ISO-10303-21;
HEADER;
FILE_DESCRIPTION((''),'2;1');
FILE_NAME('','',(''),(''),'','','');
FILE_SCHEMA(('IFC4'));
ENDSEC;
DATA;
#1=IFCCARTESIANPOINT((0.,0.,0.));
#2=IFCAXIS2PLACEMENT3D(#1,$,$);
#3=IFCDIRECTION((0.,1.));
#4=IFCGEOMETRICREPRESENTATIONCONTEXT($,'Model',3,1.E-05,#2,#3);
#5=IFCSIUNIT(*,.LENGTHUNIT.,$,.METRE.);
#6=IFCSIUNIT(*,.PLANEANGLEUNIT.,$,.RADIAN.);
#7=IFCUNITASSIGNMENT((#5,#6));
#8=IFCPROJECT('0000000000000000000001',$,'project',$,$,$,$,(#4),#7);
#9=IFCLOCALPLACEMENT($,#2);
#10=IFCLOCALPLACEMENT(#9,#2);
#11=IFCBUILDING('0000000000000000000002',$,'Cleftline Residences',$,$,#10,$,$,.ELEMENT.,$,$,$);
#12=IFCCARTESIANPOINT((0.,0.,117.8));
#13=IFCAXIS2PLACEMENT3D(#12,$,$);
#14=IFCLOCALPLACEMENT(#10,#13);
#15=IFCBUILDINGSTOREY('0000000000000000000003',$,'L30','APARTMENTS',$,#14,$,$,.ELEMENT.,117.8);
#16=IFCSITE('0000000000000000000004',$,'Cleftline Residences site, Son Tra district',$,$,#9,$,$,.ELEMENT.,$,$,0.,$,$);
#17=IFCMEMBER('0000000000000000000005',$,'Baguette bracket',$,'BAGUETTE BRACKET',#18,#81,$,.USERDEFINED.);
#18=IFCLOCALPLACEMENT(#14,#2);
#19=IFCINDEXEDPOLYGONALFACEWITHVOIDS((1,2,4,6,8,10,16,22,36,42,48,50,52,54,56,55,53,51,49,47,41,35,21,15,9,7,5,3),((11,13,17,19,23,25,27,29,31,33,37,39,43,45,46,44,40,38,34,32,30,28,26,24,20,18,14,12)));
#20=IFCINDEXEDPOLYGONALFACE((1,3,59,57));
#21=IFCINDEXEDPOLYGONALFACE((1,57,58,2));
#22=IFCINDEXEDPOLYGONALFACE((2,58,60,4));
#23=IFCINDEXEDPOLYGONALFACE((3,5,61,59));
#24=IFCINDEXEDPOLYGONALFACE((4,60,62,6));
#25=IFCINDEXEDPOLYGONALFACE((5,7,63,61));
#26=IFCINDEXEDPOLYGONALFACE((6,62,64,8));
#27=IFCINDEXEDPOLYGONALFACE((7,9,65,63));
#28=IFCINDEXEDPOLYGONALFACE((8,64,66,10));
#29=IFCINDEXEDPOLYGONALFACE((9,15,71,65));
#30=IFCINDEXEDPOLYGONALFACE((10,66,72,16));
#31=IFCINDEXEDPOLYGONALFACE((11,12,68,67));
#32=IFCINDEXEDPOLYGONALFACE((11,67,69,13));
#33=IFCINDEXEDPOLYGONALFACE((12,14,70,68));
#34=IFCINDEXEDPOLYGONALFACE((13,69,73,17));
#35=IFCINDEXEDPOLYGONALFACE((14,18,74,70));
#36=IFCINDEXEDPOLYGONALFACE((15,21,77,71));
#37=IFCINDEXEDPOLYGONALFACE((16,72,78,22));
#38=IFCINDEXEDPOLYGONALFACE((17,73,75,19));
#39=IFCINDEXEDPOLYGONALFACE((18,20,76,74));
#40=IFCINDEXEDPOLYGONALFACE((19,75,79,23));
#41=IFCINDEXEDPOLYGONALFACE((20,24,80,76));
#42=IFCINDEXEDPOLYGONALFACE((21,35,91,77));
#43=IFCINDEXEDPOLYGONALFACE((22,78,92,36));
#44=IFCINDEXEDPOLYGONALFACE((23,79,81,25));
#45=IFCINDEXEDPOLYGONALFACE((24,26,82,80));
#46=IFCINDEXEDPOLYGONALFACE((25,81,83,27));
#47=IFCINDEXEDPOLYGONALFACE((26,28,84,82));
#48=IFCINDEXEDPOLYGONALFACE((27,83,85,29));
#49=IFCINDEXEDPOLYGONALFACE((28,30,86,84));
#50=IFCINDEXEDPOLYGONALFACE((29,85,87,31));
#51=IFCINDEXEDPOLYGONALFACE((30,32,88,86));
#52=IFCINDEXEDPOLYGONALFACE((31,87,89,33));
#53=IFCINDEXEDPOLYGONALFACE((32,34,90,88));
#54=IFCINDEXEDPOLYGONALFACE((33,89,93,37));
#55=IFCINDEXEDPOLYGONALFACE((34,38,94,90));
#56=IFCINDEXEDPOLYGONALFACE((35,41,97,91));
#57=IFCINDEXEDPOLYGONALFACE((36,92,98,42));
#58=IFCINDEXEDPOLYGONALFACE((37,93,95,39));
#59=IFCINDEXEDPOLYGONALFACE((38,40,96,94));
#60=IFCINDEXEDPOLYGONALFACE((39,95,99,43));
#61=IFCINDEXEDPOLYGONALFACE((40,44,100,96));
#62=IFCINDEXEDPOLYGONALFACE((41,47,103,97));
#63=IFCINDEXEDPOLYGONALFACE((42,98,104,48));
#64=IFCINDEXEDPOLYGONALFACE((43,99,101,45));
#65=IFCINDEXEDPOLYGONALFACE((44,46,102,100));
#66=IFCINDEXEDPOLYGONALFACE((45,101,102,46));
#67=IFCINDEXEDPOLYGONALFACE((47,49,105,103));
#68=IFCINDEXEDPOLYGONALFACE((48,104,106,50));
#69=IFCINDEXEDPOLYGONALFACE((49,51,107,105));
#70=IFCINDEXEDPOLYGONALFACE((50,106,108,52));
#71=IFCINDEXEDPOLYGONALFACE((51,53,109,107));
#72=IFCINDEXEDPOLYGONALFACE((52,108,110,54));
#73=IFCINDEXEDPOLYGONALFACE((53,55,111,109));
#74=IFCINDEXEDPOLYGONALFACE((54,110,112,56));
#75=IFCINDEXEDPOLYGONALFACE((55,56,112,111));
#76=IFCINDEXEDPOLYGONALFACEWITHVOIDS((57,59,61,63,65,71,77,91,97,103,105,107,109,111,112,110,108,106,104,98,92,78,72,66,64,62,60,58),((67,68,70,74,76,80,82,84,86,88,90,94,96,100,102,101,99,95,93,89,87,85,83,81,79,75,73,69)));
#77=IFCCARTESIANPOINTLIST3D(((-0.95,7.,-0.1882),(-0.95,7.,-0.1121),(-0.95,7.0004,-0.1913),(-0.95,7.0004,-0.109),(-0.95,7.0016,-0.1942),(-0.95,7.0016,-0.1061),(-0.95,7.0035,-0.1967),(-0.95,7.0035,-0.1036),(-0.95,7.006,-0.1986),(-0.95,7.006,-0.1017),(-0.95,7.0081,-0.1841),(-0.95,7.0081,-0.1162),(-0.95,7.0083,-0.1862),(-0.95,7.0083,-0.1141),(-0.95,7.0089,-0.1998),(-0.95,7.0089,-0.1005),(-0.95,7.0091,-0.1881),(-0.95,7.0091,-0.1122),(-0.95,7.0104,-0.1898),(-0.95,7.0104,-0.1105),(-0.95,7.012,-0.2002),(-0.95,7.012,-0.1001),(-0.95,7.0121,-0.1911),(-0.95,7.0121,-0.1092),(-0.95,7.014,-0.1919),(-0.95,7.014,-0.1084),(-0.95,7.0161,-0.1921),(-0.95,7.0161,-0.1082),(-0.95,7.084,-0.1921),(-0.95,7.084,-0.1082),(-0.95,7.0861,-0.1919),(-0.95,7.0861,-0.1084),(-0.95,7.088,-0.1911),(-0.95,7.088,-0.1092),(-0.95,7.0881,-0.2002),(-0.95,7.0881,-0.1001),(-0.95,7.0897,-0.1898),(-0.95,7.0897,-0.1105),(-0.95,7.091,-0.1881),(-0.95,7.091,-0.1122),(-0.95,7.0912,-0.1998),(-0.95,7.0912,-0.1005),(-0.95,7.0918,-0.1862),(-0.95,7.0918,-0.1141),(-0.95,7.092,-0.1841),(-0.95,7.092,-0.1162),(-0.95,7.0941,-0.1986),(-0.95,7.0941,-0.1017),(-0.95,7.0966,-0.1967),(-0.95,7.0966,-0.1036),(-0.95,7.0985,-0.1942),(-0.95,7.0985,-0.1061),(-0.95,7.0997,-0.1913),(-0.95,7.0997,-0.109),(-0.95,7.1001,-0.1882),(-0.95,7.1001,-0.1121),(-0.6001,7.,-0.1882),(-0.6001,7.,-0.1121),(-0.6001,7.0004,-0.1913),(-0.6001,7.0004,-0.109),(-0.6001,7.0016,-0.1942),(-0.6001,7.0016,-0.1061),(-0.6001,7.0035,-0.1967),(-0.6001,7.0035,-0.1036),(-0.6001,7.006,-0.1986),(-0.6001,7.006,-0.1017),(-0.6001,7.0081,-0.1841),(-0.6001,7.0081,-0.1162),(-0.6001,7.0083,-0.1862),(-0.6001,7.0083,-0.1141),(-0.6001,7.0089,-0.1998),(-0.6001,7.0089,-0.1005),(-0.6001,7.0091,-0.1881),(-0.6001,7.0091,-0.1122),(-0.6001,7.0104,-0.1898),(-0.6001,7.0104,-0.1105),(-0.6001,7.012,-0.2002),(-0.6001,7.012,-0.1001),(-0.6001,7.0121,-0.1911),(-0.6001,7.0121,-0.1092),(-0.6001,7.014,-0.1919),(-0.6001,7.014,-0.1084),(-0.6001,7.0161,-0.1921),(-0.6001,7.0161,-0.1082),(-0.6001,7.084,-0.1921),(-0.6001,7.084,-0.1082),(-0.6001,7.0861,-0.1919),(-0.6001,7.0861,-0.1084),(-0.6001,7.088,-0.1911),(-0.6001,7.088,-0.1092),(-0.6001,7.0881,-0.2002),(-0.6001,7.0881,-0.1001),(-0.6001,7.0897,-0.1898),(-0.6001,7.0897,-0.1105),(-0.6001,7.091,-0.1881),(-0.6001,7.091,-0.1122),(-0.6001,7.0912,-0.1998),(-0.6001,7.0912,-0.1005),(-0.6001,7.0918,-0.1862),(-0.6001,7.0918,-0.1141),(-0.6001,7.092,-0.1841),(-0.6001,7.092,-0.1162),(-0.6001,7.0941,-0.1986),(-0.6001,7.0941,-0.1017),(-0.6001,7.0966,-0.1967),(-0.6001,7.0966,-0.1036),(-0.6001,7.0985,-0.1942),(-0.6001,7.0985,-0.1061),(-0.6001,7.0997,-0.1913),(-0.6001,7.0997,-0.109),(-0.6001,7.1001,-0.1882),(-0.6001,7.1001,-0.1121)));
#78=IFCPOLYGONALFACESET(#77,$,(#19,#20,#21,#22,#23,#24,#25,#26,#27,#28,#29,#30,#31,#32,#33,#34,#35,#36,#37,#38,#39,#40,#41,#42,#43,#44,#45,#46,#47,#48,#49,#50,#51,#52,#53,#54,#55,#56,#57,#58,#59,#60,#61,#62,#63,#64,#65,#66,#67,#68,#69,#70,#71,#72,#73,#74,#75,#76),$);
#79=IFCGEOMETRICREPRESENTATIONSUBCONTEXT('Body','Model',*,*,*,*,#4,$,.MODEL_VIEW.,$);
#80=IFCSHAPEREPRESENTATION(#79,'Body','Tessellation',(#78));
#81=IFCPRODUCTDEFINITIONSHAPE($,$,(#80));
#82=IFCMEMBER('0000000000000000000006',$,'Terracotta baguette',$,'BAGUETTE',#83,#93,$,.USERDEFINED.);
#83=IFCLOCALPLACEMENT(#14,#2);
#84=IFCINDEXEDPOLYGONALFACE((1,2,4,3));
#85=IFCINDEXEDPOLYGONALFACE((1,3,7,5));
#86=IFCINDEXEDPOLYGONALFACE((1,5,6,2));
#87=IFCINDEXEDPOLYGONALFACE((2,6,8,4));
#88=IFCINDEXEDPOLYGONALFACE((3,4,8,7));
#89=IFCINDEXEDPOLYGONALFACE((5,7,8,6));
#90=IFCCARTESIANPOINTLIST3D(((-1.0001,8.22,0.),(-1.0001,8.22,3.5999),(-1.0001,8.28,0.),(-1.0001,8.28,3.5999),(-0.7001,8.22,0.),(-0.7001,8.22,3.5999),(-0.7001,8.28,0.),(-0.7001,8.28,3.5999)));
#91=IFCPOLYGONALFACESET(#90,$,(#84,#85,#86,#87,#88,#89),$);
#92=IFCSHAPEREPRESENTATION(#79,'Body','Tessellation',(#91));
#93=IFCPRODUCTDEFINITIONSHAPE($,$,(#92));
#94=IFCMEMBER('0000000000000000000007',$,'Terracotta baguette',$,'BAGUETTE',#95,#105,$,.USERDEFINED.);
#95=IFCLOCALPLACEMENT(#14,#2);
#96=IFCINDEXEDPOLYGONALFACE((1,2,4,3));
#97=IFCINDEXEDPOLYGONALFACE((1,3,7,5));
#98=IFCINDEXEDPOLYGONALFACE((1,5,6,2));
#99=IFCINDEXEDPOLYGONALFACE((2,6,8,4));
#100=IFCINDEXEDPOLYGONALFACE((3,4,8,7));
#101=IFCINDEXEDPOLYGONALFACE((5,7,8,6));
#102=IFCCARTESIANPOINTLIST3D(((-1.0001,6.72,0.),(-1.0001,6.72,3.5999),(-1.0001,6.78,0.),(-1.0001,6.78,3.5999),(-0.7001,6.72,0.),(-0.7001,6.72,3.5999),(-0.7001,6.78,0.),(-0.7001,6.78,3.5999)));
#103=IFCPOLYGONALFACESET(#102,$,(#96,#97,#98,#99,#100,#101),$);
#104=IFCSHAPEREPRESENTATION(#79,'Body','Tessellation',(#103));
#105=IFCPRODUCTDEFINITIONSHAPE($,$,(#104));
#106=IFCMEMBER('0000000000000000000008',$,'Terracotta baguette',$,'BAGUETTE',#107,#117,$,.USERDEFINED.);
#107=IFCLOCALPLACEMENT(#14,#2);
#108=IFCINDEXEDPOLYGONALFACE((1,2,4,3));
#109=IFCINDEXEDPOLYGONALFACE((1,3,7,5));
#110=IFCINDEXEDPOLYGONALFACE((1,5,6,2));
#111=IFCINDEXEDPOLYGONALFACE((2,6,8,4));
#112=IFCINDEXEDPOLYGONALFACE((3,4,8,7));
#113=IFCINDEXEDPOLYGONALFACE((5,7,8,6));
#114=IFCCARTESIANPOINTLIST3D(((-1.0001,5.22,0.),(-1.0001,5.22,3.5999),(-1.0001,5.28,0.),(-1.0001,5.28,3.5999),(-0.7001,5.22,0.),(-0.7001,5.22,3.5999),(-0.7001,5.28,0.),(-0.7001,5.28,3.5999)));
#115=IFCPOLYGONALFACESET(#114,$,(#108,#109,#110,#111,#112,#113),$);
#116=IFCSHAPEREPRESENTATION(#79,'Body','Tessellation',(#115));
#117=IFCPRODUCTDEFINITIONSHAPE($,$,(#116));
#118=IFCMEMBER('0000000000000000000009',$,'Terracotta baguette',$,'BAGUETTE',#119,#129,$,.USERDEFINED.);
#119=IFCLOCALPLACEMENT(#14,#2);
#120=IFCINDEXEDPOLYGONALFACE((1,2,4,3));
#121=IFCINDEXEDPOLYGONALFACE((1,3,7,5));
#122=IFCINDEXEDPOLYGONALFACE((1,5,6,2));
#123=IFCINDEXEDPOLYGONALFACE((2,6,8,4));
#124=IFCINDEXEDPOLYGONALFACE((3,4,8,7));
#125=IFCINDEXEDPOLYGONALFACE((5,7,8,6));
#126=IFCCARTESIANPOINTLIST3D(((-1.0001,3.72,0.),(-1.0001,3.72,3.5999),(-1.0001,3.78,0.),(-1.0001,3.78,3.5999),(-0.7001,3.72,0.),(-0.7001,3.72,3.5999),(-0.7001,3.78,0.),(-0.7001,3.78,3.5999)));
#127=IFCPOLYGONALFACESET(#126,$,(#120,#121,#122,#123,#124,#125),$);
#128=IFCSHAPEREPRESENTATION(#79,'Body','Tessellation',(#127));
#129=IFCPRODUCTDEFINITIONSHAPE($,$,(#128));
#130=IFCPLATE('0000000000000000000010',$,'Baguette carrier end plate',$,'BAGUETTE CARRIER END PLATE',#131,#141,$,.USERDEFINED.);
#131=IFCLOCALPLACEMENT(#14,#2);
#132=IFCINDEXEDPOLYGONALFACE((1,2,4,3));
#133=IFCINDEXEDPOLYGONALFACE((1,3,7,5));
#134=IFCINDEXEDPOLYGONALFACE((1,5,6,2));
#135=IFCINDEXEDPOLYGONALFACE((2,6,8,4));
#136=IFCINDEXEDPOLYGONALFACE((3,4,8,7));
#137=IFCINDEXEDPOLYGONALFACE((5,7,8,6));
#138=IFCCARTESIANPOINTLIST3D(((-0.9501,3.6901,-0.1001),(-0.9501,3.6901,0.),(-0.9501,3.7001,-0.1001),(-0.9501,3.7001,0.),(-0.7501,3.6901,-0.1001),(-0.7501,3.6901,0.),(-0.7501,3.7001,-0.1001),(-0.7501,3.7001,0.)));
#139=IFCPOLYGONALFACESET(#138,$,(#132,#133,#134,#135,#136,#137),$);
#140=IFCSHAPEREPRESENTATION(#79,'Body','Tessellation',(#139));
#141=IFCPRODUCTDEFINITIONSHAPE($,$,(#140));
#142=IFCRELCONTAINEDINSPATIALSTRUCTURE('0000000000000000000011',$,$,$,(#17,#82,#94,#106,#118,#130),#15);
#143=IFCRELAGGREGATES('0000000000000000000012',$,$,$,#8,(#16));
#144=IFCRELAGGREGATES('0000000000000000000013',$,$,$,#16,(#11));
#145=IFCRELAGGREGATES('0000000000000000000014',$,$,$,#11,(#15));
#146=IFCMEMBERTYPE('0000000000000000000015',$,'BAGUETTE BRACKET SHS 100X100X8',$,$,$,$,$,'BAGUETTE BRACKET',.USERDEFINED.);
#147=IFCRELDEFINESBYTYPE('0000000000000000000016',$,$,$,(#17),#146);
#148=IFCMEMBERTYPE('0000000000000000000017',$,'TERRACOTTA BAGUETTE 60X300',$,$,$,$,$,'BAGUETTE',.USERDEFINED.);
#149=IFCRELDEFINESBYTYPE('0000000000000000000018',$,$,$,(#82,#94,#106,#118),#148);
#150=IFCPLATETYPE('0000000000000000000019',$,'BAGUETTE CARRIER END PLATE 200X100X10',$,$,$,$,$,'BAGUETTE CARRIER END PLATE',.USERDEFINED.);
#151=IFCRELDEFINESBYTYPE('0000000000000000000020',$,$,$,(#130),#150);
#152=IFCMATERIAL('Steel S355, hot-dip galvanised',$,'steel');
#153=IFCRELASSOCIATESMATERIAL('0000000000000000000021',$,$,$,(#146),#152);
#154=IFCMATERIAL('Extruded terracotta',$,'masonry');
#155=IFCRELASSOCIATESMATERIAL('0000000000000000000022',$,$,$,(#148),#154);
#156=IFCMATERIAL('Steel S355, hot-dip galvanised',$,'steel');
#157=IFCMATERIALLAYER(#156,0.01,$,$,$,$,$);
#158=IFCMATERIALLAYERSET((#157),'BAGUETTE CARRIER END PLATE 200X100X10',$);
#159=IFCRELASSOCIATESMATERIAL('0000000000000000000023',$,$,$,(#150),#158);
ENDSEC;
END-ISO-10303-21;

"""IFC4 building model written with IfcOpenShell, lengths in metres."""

from ifc_helpers import new_model, si_unit, direction, frame, origin, origin_2d, place, context, subcontext, project, spatial, rectangle, hollow_rectangle, extrude, material, layer, layer_set, material_profile, profile_set, type_object, element, save


model = new_model("IFC4")

# Units and contexts
model_context = context("Model", 3, precision=1e-05, world=origin(), true_north=direction((0.0, 1.0)))
body_context = subcontext(model_context, "Body", "Model", "MODEL_VIEW")
ifc_project = project(units=[si_unit("LENGTHUNIT", "METRE"), si_unit("PLANEANGLEUNIT", "RADIAN")], contexts=[model_context])

# Site, building, storey
site_placement = place(None, origin())
site = spatial("IfcSite", under=ifc_project, at=site_placement, Name="Cleftline Residences site, Son Tra district", CompositionType="ELEMENT", RefElevation=0.0)
building_placement = place(site_placement, origin())
building = spatial("IfcBuilding", under=site, at=building_placement, Name="Cleftline Residences", CompositionType="ELEMENT")
storey_placement = place(building_placement, frame((0.0, 0.0, 117.8)))
storey = spatial("IfcBuildingStorey", under=building, at=storey_placement, Name="L30", Description="APARTMENTS", CompositionType="ELEMENT", Elevation=117.8)

# Members
ifc_material_1 = material(Name="Steel S355, hot-dip galvanised", Category="steel")
ifc_material_profile_1 = material_profile(ifc_material_1, hollow_rectangle(XDim=0.1001, YDim=0.1001, WallThickness=0.0081, InnerFilletRadius=0.0081, OuterFilletRadius=0.012, at=origin_2d()))
ifc_profile_set_1 = profile_set([ifc_material_profile_1], Name="Steel S355, hot-dip galvanised")
member_type_1 = type_object("IfcMemberType", Name="BAGUETTE BRACKET SHS 100X100X8", ElementType="BAGUETTE BRACKET", PredefinedType="USERDEFINED", material=ifc_profile_set_1)
member_placement = place(storey_placement, frame((-0.6001, 7.05, -0.1501), z_axis=(-1.0, 0.0, 0.0), x_axis=(0.0, -1.0, 0.0)))
element("IfcMember", 1, at=member_placement, inside=storey, type_object=member_type_1, Name="Baguette bracket", ObjectType="BAGUETTE BRACKET", PredefinedType="USERDEFINED", context=body_context, shape_type="SweptSolid", body=[
    extrude(hollow_rectangle(XDim=0.1001, YDim=0.1001, WallThickness=0.0081, InnerFilletRadius=0.0081, OuterFilletRadius=0.012, at=origin_2d()), origin(), (0.0, 0.0, 1.0), 0.3499),
])
ifc_material_2 = material(Name="Extruded terracotta", Category="masonry")
ifc_material_profile_2 = material_profile(ifc_material_2, rectangle(XDim=0.0601, YDim=0.3, at=origin_2d()))
ifc_profile_set_2 = profile_set([ifc_material_profile_2], Name="Extruded terracotta")
member_type_2 = type_object("IfcMemberType", Name="TERRACOTTA BAGUETTE 60X300", ElementType="BAGUETTE", PredefinedType="USERDEFINED", material=ifc_profile_set_2)
for number, where, z_axis, x_axis, name in (
    (2, (-0.8501, 8.25, 0.0), (0.0, 0.0, 1.0), (0.0, 1.0, 0.0), "Terracotta baguette"),
    (3, (-0.8501, 6.75, 0.0), (0.0, 0.0, 1.0), (0.0, 1.0, 0.0), "Terracotta baguette"),
    (4, (-0.8501, 5.25, 0.0), (0.0, 0.0, 1.0), (0.0, 1.0, 0.0), "Terracotta baguette"),
    (5, (-0.8501, 3.75, 0.0), (0.0, 0.0, 1.0), (0.0, 1.0, 0.0), "Terracotta baguette"),
):
    element("IfcMember", number, at=place(storey_placement, frame(where, z_axis=z_axis, x_axis=x_axis)), inside=storey, type_object=member_type_2, Name=name, ObjectType="BAGUETTE", PredefinedType="USERDEFINED", context=body_context, shape_type="SweptSolid", body=[
        extrude(rectangle(XDim=0.0601, YDim=0.3, at=origin_2d()), origin(), (0.0, 0.0, 1.0), 3.5999),
    ])

# Plate
ifc_material_3 = material(Name="Steel S355, hot-dip galvanised", Category="steel")
ifc_layer_1 = layer(ifc_material_3, 0.01)
ifc_layer_set_1 = layer_set([ifc_layer_1], Name="BAGUETTE CARRIER END PLATE 200X100X10")
plate_type = type_object("IfcPlateType", Name="BAGUETTE CARRIER END PLATE 200X100X10", ElementType="BAGUETTE CARRIER END PLATE", PredefinedType="USERDEFINED", material=ifc_layer_set_1)
plate_placement = place(storey_placement, frame((-0.8501, 3.6951, -0.1001), z_axis=(0.0, 0.0, 1.0), x_axis=(-1.0, 0.0, 0.0)))
element("IfcPlate", 6, at=plate_placement, inside=storey, type_object=plate_type, Name="Baguette carrier end plate", ObjectType="BAGUETTE CARRIER END PLATE", PredefinedType="USERDEFINED", context=body_context, shape_type="SweptSolid", body=[
    extrude(rectangle(XDim=0.2, YDim=0.01, at=origin_2d()), origin(), (0.0, 0.0, 1.0), 0.1001),
])

save(model, "model.ifc")
